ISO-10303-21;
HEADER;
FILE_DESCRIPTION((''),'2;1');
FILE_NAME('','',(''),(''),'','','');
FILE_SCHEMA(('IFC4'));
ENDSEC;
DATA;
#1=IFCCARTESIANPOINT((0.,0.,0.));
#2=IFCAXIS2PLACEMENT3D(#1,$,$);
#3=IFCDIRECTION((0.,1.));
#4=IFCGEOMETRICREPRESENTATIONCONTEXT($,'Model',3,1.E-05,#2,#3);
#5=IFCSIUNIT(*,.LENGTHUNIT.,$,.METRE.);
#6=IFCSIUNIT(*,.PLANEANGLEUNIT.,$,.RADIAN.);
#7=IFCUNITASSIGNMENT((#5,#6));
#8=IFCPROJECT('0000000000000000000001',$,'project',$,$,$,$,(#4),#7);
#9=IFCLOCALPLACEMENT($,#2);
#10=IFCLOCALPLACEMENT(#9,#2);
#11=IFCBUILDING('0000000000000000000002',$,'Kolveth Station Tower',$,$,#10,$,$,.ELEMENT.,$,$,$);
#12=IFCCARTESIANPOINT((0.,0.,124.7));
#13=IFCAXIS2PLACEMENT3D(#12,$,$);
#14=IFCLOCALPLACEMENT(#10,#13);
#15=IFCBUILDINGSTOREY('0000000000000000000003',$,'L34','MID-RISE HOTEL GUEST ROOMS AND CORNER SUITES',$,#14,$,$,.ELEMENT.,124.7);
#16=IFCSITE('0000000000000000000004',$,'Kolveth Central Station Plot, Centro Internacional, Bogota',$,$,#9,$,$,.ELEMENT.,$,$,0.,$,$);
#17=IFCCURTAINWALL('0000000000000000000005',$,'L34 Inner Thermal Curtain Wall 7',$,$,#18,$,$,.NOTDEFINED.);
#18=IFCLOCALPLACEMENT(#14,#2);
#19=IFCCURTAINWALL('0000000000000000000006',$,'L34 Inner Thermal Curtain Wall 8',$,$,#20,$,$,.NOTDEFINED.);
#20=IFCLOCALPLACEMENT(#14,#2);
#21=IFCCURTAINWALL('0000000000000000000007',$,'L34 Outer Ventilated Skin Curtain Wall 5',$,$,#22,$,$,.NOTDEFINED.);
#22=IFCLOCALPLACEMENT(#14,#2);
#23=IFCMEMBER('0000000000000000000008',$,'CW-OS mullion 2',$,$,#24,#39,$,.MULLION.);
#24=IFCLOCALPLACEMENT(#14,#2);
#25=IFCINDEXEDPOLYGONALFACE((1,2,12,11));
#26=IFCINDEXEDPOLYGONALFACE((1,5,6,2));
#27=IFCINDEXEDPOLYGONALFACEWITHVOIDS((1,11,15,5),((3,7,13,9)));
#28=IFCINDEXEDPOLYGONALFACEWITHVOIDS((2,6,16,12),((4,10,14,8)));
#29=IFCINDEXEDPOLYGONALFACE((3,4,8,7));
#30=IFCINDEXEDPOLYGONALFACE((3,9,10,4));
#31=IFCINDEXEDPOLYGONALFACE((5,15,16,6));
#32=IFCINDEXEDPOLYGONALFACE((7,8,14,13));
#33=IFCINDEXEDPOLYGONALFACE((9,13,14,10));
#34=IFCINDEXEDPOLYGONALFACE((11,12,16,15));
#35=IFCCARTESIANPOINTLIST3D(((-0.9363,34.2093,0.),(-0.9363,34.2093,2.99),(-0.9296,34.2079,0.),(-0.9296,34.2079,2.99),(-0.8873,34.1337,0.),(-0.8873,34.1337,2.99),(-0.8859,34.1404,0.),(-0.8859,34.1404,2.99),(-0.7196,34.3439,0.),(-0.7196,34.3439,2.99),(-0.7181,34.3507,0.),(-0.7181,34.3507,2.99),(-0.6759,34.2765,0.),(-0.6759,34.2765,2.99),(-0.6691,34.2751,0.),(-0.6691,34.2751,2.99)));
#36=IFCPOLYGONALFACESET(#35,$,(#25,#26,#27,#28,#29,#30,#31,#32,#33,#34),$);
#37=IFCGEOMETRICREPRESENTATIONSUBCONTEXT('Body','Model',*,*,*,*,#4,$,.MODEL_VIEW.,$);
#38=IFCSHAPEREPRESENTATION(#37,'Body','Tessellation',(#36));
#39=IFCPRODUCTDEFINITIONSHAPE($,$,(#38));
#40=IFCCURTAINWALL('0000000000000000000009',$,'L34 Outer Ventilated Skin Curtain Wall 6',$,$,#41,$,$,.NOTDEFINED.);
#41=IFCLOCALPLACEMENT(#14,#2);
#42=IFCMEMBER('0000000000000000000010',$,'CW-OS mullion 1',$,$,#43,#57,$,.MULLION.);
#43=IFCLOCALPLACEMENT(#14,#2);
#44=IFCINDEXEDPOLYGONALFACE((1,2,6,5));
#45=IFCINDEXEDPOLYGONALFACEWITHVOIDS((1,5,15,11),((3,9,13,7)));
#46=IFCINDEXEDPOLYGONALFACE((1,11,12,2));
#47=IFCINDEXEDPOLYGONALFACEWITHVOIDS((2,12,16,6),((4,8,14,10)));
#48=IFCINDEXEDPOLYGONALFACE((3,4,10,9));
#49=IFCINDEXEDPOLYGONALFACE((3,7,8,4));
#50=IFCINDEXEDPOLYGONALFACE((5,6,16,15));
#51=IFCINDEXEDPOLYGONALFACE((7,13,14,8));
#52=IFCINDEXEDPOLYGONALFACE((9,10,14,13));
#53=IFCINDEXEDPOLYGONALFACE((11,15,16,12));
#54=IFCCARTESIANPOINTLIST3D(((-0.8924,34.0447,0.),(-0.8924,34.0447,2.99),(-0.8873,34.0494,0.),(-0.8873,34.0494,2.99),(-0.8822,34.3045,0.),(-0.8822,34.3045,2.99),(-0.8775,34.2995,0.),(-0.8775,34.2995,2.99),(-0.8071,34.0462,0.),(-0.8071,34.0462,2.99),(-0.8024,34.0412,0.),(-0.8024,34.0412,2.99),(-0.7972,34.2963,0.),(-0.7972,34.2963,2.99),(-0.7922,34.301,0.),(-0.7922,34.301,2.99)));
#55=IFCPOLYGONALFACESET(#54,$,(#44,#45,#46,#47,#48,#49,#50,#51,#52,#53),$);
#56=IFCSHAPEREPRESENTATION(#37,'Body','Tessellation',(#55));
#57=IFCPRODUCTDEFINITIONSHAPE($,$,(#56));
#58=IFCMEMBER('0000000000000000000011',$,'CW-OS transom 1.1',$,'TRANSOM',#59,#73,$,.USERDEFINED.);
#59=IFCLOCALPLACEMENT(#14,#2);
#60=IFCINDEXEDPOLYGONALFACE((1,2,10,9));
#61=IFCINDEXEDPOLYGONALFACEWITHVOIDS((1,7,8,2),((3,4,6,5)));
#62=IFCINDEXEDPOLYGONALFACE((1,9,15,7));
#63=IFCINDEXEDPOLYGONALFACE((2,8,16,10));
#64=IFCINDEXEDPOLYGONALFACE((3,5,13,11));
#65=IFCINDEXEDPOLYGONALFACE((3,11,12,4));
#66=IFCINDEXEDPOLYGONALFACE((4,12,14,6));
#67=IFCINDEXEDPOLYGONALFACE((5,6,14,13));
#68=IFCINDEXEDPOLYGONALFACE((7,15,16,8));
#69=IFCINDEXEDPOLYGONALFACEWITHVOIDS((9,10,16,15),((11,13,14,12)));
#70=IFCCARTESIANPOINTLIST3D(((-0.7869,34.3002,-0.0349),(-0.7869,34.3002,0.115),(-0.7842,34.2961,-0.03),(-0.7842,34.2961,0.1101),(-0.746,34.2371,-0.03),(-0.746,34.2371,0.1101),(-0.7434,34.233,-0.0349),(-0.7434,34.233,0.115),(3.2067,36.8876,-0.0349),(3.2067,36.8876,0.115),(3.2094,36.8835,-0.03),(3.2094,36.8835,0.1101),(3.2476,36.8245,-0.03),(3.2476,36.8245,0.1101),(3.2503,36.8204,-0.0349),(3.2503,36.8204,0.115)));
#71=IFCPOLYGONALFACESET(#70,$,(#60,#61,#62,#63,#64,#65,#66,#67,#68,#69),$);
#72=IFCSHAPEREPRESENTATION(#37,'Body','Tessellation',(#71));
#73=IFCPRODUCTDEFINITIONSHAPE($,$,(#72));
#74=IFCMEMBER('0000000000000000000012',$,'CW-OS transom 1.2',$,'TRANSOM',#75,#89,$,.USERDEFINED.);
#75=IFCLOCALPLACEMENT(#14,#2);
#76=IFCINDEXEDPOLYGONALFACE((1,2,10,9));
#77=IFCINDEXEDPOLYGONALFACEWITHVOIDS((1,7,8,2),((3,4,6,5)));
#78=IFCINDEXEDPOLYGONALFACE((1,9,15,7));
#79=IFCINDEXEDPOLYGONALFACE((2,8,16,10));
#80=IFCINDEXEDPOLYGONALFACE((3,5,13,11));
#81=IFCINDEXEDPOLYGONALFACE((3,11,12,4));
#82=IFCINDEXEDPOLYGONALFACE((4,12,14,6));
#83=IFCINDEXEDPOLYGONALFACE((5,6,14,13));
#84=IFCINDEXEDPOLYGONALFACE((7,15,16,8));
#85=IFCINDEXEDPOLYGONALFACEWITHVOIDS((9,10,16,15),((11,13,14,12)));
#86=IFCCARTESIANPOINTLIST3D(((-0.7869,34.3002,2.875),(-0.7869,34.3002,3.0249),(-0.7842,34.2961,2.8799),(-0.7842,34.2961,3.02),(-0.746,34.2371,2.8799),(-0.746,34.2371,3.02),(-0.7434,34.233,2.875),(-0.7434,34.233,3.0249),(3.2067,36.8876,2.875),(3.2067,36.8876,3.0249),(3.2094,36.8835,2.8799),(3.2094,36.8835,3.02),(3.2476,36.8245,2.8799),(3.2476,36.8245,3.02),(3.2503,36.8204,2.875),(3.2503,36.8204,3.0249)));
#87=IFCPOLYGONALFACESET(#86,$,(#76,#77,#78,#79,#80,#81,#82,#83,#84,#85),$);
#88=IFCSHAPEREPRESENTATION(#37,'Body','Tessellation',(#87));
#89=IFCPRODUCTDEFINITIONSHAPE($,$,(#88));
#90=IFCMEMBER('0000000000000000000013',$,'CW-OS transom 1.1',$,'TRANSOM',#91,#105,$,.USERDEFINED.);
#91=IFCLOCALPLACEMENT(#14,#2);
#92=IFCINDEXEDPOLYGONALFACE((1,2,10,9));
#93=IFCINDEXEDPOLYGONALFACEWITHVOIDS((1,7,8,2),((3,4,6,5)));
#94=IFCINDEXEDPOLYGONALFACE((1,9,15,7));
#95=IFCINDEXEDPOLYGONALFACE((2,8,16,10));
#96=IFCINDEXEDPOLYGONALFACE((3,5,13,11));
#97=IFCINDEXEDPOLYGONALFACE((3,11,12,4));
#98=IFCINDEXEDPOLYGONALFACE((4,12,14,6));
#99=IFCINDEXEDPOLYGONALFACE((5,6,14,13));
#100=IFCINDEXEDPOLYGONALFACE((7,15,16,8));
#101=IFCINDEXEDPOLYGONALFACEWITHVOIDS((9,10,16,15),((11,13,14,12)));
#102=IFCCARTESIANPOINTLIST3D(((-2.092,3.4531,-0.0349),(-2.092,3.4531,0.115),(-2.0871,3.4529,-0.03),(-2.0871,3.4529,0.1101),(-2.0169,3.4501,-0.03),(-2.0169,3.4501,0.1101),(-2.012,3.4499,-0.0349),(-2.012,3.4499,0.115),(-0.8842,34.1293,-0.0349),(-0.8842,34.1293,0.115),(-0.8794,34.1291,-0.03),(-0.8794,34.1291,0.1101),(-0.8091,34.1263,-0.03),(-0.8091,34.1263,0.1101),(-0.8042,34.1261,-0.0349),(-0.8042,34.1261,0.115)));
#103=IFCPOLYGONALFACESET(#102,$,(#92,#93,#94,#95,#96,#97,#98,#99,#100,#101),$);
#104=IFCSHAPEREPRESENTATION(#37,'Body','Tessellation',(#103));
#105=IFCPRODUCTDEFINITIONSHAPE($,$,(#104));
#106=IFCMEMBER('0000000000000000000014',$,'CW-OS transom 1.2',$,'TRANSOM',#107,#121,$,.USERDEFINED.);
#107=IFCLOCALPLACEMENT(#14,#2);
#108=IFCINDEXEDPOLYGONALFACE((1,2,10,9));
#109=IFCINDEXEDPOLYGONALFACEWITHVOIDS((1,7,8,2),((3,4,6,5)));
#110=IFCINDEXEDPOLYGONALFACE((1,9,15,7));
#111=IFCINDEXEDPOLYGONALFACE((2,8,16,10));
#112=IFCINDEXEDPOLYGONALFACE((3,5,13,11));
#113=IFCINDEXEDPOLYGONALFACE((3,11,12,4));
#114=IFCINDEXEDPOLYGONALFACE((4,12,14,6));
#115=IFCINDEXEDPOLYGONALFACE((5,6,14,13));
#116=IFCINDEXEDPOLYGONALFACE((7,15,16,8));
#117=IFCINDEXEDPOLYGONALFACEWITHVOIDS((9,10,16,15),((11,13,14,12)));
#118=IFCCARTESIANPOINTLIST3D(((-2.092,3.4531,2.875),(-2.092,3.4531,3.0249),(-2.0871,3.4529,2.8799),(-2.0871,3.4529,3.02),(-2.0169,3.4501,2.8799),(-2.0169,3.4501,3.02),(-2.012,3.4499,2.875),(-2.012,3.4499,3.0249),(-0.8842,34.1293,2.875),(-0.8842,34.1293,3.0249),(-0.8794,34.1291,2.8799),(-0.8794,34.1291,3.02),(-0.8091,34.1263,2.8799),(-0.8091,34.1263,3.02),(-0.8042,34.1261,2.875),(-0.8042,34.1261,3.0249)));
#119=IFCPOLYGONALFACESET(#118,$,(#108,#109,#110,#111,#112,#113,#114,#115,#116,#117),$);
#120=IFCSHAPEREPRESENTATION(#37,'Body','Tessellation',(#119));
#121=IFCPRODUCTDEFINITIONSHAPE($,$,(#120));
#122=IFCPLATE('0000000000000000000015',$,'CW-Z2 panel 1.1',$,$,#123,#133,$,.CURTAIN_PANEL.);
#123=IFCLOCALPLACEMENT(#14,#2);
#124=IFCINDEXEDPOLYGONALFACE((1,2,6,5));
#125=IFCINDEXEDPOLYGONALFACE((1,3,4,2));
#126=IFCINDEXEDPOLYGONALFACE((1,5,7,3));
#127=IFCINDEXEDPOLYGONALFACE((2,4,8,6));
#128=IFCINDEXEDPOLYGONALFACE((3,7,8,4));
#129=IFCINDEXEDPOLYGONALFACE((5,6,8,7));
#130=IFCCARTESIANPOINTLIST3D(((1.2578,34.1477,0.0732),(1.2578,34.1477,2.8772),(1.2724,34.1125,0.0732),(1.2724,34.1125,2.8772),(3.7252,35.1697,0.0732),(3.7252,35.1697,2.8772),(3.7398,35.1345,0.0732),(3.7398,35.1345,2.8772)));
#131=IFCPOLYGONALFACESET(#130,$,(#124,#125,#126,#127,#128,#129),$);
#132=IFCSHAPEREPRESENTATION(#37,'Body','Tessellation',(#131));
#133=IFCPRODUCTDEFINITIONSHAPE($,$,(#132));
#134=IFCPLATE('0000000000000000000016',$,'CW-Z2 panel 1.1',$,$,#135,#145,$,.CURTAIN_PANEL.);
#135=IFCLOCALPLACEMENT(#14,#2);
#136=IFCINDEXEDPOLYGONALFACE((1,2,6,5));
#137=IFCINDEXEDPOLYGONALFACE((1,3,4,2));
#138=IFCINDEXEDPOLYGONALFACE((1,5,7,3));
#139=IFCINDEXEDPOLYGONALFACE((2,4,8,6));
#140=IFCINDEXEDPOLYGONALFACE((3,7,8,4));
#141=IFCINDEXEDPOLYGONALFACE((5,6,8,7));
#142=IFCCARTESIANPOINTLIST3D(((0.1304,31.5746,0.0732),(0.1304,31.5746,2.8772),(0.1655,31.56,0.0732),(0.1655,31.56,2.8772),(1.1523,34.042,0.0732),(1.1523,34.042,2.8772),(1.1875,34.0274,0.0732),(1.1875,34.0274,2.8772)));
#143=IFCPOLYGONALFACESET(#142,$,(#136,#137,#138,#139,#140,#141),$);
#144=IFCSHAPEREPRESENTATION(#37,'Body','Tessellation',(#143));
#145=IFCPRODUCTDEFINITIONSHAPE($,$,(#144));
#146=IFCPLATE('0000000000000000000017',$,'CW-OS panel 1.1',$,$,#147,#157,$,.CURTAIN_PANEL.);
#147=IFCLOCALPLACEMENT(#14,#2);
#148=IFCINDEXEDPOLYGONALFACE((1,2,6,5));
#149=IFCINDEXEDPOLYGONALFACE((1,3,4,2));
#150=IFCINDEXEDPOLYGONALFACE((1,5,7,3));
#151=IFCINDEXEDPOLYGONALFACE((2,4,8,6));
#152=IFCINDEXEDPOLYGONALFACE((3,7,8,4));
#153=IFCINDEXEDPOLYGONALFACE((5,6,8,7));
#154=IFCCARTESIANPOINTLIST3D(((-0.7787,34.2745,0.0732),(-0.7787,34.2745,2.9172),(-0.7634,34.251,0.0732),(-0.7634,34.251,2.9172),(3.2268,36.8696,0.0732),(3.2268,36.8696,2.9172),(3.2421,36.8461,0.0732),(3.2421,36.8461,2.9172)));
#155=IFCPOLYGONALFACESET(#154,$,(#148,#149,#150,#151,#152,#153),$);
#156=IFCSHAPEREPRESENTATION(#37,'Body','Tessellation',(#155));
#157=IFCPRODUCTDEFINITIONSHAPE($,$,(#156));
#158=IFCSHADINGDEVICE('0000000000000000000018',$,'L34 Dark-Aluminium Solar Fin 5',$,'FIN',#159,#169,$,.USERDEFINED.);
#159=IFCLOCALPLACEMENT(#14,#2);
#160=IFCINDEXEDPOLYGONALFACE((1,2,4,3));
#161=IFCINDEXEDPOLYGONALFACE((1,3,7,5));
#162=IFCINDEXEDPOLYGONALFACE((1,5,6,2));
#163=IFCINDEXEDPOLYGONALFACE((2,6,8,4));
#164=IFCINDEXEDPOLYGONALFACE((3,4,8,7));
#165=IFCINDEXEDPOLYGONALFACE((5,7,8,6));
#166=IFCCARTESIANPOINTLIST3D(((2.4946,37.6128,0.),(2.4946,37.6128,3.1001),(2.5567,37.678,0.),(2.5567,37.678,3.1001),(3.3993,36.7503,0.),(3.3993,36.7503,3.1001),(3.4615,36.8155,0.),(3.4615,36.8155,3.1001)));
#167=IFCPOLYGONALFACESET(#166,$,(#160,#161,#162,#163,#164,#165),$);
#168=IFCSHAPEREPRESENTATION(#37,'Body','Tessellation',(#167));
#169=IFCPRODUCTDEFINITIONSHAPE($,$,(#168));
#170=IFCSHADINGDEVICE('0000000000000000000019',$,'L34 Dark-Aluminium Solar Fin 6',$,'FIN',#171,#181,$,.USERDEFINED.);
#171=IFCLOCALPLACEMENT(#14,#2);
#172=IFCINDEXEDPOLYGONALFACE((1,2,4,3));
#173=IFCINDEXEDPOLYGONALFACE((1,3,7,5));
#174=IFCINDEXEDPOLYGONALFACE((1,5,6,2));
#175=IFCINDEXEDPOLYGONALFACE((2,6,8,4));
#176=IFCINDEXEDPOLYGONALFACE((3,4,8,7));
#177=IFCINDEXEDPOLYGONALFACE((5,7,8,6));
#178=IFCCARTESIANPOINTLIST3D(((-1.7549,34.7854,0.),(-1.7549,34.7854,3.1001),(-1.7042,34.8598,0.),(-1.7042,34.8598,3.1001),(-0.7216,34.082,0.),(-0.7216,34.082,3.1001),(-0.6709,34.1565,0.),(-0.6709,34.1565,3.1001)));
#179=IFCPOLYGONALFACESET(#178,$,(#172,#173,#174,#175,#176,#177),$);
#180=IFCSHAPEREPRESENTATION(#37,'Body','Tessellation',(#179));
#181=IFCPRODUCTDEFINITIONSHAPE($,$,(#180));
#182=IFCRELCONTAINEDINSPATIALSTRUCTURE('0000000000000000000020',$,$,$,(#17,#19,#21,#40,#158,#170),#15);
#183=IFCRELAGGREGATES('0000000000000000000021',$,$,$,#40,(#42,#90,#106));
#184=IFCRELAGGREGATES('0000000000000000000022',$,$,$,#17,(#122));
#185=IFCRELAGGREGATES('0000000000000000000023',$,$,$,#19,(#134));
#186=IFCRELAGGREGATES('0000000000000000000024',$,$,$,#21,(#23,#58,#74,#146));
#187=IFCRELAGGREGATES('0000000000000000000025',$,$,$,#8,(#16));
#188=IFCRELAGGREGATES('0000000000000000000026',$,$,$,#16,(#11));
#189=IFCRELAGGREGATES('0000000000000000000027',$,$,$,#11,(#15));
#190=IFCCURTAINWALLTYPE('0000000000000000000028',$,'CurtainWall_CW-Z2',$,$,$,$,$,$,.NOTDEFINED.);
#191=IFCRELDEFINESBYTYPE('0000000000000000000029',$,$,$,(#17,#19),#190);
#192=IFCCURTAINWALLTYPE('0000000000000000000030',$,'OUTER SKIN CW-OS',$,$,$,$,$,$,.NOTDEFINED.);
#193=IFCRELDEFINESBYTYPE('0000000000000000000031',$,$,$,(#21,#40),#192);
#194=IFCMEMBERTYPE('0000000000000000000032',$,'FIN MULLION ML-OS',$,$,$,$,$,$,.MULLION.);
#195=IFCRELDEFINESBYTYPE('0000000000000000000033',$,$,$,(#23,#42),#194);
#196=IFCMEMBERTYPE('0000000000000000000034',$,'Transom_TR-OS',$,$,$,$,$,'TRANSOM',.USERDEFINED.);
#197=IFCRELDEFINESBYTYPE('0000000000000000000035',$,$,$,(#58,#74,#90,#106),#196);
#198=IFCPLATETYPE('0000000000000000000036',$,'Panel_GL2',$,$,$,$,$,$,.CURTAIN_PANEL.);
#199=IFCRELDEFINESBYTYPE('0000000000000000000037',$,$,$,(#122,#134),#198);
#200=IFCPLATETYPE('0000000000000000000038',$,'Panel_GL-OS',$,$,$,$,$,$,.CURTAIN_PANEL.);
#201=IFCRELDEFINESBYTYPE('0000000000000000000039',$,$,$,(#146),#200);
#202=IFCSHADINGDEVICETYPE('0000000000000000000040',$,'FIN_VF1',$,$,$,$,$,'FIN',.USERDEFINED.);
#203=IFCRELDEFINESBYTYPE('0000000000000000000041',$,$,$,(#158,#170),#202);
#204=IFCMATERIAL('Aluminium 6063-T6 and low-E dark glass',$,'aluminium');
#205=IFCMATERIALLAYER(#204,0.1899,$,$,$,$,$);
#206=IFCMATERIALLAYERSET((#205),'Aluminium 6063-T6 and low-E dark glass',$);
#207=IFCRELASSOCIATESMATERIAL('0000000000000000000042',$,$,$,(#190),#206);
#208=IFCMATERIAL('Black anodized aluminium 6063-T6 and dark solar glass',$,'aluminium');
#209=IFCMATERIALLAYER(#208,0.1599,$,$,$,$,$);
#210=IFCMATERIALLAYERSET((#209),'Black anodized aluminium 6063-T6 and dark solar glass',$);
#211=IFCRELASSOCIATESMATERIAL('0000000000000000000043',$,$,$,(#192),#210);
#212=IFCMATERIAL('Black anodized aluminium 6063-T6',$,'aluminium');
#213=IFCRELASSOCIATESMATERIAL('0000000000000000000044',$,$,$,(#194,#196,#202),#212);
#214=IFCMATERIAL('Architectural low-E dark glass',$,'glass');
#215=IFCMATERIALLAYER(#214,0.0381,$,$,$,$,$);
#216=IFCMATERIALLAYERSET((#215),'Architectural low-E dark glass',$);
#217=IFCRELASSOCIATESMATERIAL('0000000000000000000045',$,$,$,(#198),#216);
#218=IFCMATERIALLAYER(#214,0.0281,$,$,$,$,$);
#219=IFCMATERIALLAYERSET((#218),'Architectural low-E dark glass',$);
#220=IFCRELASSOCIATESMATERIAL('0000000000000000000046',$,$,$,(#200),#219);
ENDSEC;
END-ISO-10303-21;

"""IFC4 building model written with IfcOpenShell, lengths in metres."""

from ifc_helpers import new_model, si_unit, direction, frame, origin, origin_2d, place, context, subcontext, project, spatial, rectangle, hollow_rectangle, extrude, source, transform, mapped, material, layer, layer_set, material_profile, profile_set, type_object, element, aggregate, save


model = new_model("IFC4")

# Units and contexts
model_context = context("Model", 3, precision=1e-05, world=origin(), true_north=direction((0.0, 1.0)))
body_context = subcontext(model_context, "Body", "Model", "MODEL_VIEW")
ifc_project = project(units=[si_unit("LENGTHUNIT", "METRE"), si_unit("PLANEANGLEUNIT", "RADIAN")], contexts=[model_context])

# Site, building, storey
site_placement = place(None, origin())
site = spatial("IfcSite", under=ifc_project, at=site_placement, Name="Kolveth Central Station Plot, Centro Internacional, Bogota", CompositionType="ELEMENT", RefElevation=0.0)
building_placement = place(site_placement, origin())
building = spatial("IfcBuilding", under=site, at=building_placement, Name="Kolveth Station Tower", CompositionType="ELEMENT")
storey_placement = place(building_placement, frame((0.0, 0.0, 124.7)))
storey = spatial("IfcBuildingStorey", under=building, at=storey_placement, Name="L34", Description="MID-RISE HOTEL GUEST ROOMS AND CORNER SUITES", CompositionType="ELEMENT", Elevation=124.7)

# Shared definitions
ifc_material_1 = material(Name="Aluminium 6063-T6 and low-E dark glass", Category="aluminium")
ifc_layer_1 = layer(ifc_material_1, 0.1899)
ifc_layer_set_1 = layer_set([ifc_layer_1], Name="Aluminium 6063-T6 and low-E dark glass")
curtain_wall_type_1 = type_object("IfcCurtainWallType", Name="CurtainWall_CW-Z2", PredefinedType="NOTDEFINED", material=ifc_layer_set_1)
ifc_material_2 = material(Name="Black anodized aluminium 6063-T6", Category="aluminium")

# Curtain wall
curtain_wall_1_placement = place(storey_placement, origin())
curtain_wall_1 = element("IfcCurtainWall", 1, at=curtain_wall_1_placement, inside=storey, type_object=curtain_wall_type_1, Name="L34 Inner Thermal Curtain Wall 7", PredefinedType="NOTDEFINED")

# Curtain wall
curtain_wall_2_placement = place(storey_placement, origin())
curtain_wall_2 = element("IfcCurtainWall", 2, at=curtain_wall_2_placement, inside=storey, type_object=curtain_wall_type_1, Name="L34 Inner Thermal Curtain Wall 8", PredefinedType="NOTDEFINED")

# Shared definitions
ifc_material_3 = material(Name="Black anodized aluminium 6063-T6 and dark solar glass", Category="aluminium")
ifc_layer_2 = layer(ifc_material_3, 0.1599)
ifc_layer_set_2 = layer_set([ifc_layer_2], Name="Black anodized aluminium 6063-T6 and dark solar glass")
curtain_wall_type_2 = type_object("IfcCurtainWallType", Name="OUTER SKIN CW-OS", PredefinedType="NOTDEFINED", material=ifc_layer_set_2)
ifc_material_profile_1 = material_profile(ifc_material_2, hollow_rectangle(XDim=0.0901, YDim=0.26, WallThickness=0.0049, at=origin_2d()), Name="ALU-90x260x5")
ifc_profile_set_1 = profile_set([ifc_material_profile_1], Name="Black anodized aluminium 6063-T6")
member_type_1 = type_object("IfcMemberType", Name="FIN MULLION ML-OS", PredefinedType="MULLION", material=ifc_profile_set_1)
shared_shape_1 = source(origin(), body_context, "Body", "SweptSolid", [
    extrude(hollow_rectangle(XDim=0.0901, YDim=0.26, WallThickness=0.0049, at=origin_2d()), origin(), (0.0, 0.0, 1.0), 2.99),
])

# Curtain wall, member
curtain_wall_3_placement = place(storey_placement, origin())
curtain_wall_3 = element("IfcCurtainWall", 3, at=curtain_wall_3_placement, inside=storey, type_object=curtain_wall_type_2, Name="L34 Outer Ventilated Skin Curtain Wall 5", PredefinedType="NOTDEFINED")
member_1_placement = place(storey_placement, frame((-0.8027, 34.2422, 0.0), z_axis=(0.0, 0.0, 1.0), x_axis=(0.543742, -0.839253, 0.0)))
member_1 = element("IfcMember", 4, at=member_1_placement, type_object=member_type_1, Name="CW-OS mullion 2", PredefinedType="MULLION", context=body_context, shape_type="MappedRepresentation", body=[
    mapped(shared_shape_1, transform((0.0, 0.0, 0.0), x_axis=(1.0, 0.0, 0.0), y_axis=(0.0, 1.0, 0.0), z_axis=(0.0, 0.0, 1.0), scale=1.0)),
])

# Curtain wall, member
curtain_wall_4_placement = place(storey_placement, origin())
curtain_wall_4 = element("IfcCurtainWall", 5, at=curtain_wall_4_placement, inside=storey, type_object=curtain_wall_type_2, Name="L34 Outer Ventilated Skin Curtain Wall 6", PredefinedType="NOTDEFINED")
member_2_placement = place(storey_placement, frame((-0.8423, 34.1729, 0.0), z_axis=(0.0, 0.0, 1.0), x_axis=(0.999226, -0.039346, 0.0)))
member_2 = element("IfcMember", 6, at=member_2_placement, type_object=member_type_1, Name="CW-OS mullion 1", PredefinedType="MULLION", context=body_context, shape_type="MappedRepresentation", body=[
    mapped(shared_shape_1, transform((0.0, 0.0, 0.0), x_axis=(1.0, 0.0, 0.0), y_axis=(0.0, 1.0, 0.0), z_axis=(0.0, 0.0, 1.0), scale=1.0)),
])

# Members
ifc_material_profile_2 = material_profile(ifc_material_2, hollow_rectangle(XDim=0.0801, YDim=0.1499, WallThickness=0.0049, at=origin_2d()), Name="ALU-80x150x5")
ifc_profile_set_2 = profile_set([ifc_material_profile_2], Name="Black anodized aluminium 6063-T6")
member_type_2 = type_object("IfcMemberType", Name="Transom_TR-OS", ElementType="TRANSOM", PredefinedType="USERDEFINED", material=ifc_profile_set_2)
shared_shape_2 = source(origin(), body_context, "Body", "SweptSolid", [
    extrude(hollow_rectangle(XDim=0.0801, YDim=0.1499, WallThickness=0.0049, at=origin_2d()), origin(), (0.0, 0.0, 1.0), 4.7585),
])
member_3_placement = place(storey_placement, frame((3.2285, 36.854, 0.04), z_axis=(-0.839256, -0.543736, 0.0), x_axis=(0.543736, -0.839256, 0.0)))
member_3 = element("IfcMember", 7, at=member_3_placement, type_object=member_type_2, Name="CW-OS transom 1.1", ObjectType="TRANSOM", PredefinedType="USERDEFINED", context=body_context, shape_type="MappedRepresentation", body=[
    mapped(shared_shape_2, transform((0.0, 0.0, 0.0), x_axis=(1.0, 0.0, 0.0), y_axis=(0.0, 1.0, 0.0), z_axis=(0.0, 0.0, 1.0), scale=1.0)),
])
member_4_placement = place(storey_placement, frame((3.2285, 36.854, 2.95), z_axis=(-0.839256, -0.543736, 0.0), x_axis=(0.543736, -0.839256, 0.0)))
member_4 = element("IfcMember", 8, at=member_4_placement, type_object=member_type_2, Name="CW-OS transom 1.2", ObjectType="TRANSOM", PredefinedType="USERDEFINED", context=body_context, shape_type="MappedRepresentation", body=[
    mapped(shared_shape_2, transform((0.0, 0.0, 0.0), x_axis=(1.0, 0.0, 0.0), y_axis=(0.0, 1.0, 0.0), z_axis=(0.0, 0.0, 1.0), scale=1.0)),
])
shared_shape_3 = source(origin(), body_context, "Body", "SweptSolid", [
    extrude(hollow_rectangle(XDim=0.0801, YDim=0.1499, WallThickness=0.0049, at=origin_2d()), origin(), (0.0, 0.0, 1.0), 30.7),
])
member_5_placement = place(storey_placement, frame((-0.8442, 34.1277, 0.04), z_axis=(-0.039341, -0.999226, 0.0), x_axis=(0.999226, -0.039341, 0.0)))
member_5 = element("IfcMember", 9, at=member_5_placement, type_object=member_type_2, Name="CW-OS transom 1.1", ObjectType="TRANSOM", PredefinedType="USERDEFINED", context=body_context, shape_type="MappedRepresentation", body=[
    mapped(shared_shape_3, transform((0.0, 0.0, 0.0), x_axis=(1.0, 0.0, 0.0), y_axis=(0.0, 1.0, 0.0), z_axis=(0.0, 0.0, 1.0), scale=1.0)),
])
member_6_placement = place(storey_placement, frame((-0.8442, 34.1277, 2.95), z_axis=(-0.039341, -0.999226, 0.0), x_axis=(0.999226, -0.039341, 0.0)))
member_6 = element("IfcMember", 10, at=member_6_placement, type_object=member_type_2, Name="CW-OS transom 1.2", ObjectType="TRANSOM", PredefinedType="USERDEFINED", context=body_context, shape_type="MappedRepresentation", body=[
    mapped(shared_shape_3, transform((0.0, 0.0, 0.0), x_axis=(1.0, 0.0, 0.0), y_axis=(0.0, 1.0, 0.0), z_axis=(0.0, 0.0, 1.0), scale=1.0)),
])
aggregate(curtain_wall_4, [member_2, member_5, member_6])

# Plates
ifc_material_4 = material(Name="Architectural low-E dark glass", Category="glass")
ifc_layer_3 = layer(ifc_material_4, 0.0381)
ifc_layer_set_3 = layer_set([ifc_layer_3], Name="Architectural low-E dark glass")
plate_type_1 = type_object("IfcPlateType", Name="Panel_GL2", PredefinedType="CURTAIN_PANEL", material=ifc_layer_set_3)
shared_shape_4 = source(origin(), body_context, "Body", "SweptSolid", [
    extrude(rectangle(XDim=2.6707, YDim=0.0381, at=origin_2d()), origin(), (0.0, 0.0, 1.0), 2.804),
])
plate_1_placement = place(storey_placement, frame((2.4988, 34.6411, 0.0732), z_axis=(0.0, 0.0, 1.0), x_axis=(-0.923888, -0.382663, 0.0)))
plate_1 = element("IfcPlate", 11, at=plate_1_placement, type_object=plate_type_1, Name="CW-Z2 panel 1.1", PredefinedType="CURTAIN_PANEL", context=body_context, shape_type="MappedRepresentation", body=[
    mapped(shared_shape_4, transform((0.0, 0.0, 0.0), x_axis=(1.0, 0.0, 0.0), y_axis=(0.0, 1.0, 0.0), z_axis=(0.0, 0.0, 1.0), scale=1.0)),
])
aggregate(curtain_wall_1, [plate_1])
plate_2_placement = place(storey_placement, frame((0.6589, 32.801, 0.0732), z_axis=(0.0, 0.0, 1.0), x_axis=(-0.382663, -0.923888, 0.0)))
plate_2 = element("IfcPlate", 12, at=plate_2_placement, type_object=plate_type_1, Name="CW-Z2 panel 1.1", PredefinedType="CURTAIN_PANEL", context=body_context, shape_type="MappedRepresentation", body=[
    mapped(shared_shape_4, transform((0.0, 0.0, 0.0), x_axis=(1.0, 0.0, 0.0), y_axis=(0.0, 1.0, 0.0), z_axis=(0.0, 0.0, 1.0), scale=1.0)),
])
aggregate(curtain_wall_2, [plate_2])
ifc_layer_4 = layer(ifc_material_4, 0.0281)
ifc_layer_set_4 = layer_set([ifc_layer_4], Name="Architectural low-E dark glass")
plate_type_2 = type_object("IfcPlateType", Name="Panel_GL-OS", PredefinedType="CURTAIN_PANEL", material=ifc_layer_set_4)
shared_shape_5 = source(origin(), body_context, "Body", "SweptSolid", [
    extrude(rectangle(XDim=4.7727, YDim=0.0281, at=origin_2d()), origin(), (0.0, 0.0, 1.0), 2.844),
])
plate_3_placement = place(storey_placement, frame((1.2317, 35.5603, 0.0732), z_axis=(0.0, 0.0, 1.0), x_axis=(-0.839253, -0.543742, 0.0)))
plate_3 = element("IfcPlate", 13, at=plate_3_placement, type_object=plate_type_2, Name="CW-OS panel 1.1", PredefinedType="CURTAIN_PANEL", context=body_context, shape_type="MappedRepresentation", body=[
    mapped(shared_shape_5, transform((0.0, 0.0, 0.0), x_axis=(1.0, 0.0, 0.0), y_axis=(0.0, 1.0, 0.0), z_axis=(0.0, 0.0, 1.0), scale=1.0)),
])
aggregate(curtain_wall_3, [member_1, member_3, member_4, plate_3])

# Shading devices
shading_device_type = type_object("IfcShadingDeviceType", Name="FIN_VF1", ElementType="FIN", PredefinedType="USERDEFINED", material=ifc_material_2)
shared_shape_6 = source(origin(), body_context, "Body", "SweptSolid", [
    extrude(rectangle(XDim=1.25, YDim=0.0901, at=origin_2d()), origin(), (0.0, 0.0, 1.0), 3.1001),
])
for number, where, z_axis, x_axis, name in (
    (14, (2.978, 37.2141, 0.0), (0.0, 0.0, 1.0), (-0.723811, 0.689999, 0.0), "L34 Dark-Aluminium Solar Fin 5"),
    (15, (-1.2129, 34.4709, 0.0), (0.0, 0.0, 1.0), (-0.826688, 0.562661, 0.0), "L34 Dark-Aluminium Solar Fin 6"),
):
    element("IfcShadingDevice", number, at=place(storey_placement, frame(where, z_axis=z_axis, x_axis=x_axis)), inside=storey, type_object=shading_device_type, Name=name, ObjectType="FIN", PredefinedType="USERDEFINED", context=body_context, shape_type="MappedRepresentation", body=[
        mapped(shared_shape_6, transform((0.0, 0.0, 0.0), x_axis=(1.0, 0.0, 0.0), y_axis=(0.0, 1.0, 0.0), z_axis=(0.0, 0.0, 1.0), scale=1.0)),
    ])

save(model, "model.ifc")
